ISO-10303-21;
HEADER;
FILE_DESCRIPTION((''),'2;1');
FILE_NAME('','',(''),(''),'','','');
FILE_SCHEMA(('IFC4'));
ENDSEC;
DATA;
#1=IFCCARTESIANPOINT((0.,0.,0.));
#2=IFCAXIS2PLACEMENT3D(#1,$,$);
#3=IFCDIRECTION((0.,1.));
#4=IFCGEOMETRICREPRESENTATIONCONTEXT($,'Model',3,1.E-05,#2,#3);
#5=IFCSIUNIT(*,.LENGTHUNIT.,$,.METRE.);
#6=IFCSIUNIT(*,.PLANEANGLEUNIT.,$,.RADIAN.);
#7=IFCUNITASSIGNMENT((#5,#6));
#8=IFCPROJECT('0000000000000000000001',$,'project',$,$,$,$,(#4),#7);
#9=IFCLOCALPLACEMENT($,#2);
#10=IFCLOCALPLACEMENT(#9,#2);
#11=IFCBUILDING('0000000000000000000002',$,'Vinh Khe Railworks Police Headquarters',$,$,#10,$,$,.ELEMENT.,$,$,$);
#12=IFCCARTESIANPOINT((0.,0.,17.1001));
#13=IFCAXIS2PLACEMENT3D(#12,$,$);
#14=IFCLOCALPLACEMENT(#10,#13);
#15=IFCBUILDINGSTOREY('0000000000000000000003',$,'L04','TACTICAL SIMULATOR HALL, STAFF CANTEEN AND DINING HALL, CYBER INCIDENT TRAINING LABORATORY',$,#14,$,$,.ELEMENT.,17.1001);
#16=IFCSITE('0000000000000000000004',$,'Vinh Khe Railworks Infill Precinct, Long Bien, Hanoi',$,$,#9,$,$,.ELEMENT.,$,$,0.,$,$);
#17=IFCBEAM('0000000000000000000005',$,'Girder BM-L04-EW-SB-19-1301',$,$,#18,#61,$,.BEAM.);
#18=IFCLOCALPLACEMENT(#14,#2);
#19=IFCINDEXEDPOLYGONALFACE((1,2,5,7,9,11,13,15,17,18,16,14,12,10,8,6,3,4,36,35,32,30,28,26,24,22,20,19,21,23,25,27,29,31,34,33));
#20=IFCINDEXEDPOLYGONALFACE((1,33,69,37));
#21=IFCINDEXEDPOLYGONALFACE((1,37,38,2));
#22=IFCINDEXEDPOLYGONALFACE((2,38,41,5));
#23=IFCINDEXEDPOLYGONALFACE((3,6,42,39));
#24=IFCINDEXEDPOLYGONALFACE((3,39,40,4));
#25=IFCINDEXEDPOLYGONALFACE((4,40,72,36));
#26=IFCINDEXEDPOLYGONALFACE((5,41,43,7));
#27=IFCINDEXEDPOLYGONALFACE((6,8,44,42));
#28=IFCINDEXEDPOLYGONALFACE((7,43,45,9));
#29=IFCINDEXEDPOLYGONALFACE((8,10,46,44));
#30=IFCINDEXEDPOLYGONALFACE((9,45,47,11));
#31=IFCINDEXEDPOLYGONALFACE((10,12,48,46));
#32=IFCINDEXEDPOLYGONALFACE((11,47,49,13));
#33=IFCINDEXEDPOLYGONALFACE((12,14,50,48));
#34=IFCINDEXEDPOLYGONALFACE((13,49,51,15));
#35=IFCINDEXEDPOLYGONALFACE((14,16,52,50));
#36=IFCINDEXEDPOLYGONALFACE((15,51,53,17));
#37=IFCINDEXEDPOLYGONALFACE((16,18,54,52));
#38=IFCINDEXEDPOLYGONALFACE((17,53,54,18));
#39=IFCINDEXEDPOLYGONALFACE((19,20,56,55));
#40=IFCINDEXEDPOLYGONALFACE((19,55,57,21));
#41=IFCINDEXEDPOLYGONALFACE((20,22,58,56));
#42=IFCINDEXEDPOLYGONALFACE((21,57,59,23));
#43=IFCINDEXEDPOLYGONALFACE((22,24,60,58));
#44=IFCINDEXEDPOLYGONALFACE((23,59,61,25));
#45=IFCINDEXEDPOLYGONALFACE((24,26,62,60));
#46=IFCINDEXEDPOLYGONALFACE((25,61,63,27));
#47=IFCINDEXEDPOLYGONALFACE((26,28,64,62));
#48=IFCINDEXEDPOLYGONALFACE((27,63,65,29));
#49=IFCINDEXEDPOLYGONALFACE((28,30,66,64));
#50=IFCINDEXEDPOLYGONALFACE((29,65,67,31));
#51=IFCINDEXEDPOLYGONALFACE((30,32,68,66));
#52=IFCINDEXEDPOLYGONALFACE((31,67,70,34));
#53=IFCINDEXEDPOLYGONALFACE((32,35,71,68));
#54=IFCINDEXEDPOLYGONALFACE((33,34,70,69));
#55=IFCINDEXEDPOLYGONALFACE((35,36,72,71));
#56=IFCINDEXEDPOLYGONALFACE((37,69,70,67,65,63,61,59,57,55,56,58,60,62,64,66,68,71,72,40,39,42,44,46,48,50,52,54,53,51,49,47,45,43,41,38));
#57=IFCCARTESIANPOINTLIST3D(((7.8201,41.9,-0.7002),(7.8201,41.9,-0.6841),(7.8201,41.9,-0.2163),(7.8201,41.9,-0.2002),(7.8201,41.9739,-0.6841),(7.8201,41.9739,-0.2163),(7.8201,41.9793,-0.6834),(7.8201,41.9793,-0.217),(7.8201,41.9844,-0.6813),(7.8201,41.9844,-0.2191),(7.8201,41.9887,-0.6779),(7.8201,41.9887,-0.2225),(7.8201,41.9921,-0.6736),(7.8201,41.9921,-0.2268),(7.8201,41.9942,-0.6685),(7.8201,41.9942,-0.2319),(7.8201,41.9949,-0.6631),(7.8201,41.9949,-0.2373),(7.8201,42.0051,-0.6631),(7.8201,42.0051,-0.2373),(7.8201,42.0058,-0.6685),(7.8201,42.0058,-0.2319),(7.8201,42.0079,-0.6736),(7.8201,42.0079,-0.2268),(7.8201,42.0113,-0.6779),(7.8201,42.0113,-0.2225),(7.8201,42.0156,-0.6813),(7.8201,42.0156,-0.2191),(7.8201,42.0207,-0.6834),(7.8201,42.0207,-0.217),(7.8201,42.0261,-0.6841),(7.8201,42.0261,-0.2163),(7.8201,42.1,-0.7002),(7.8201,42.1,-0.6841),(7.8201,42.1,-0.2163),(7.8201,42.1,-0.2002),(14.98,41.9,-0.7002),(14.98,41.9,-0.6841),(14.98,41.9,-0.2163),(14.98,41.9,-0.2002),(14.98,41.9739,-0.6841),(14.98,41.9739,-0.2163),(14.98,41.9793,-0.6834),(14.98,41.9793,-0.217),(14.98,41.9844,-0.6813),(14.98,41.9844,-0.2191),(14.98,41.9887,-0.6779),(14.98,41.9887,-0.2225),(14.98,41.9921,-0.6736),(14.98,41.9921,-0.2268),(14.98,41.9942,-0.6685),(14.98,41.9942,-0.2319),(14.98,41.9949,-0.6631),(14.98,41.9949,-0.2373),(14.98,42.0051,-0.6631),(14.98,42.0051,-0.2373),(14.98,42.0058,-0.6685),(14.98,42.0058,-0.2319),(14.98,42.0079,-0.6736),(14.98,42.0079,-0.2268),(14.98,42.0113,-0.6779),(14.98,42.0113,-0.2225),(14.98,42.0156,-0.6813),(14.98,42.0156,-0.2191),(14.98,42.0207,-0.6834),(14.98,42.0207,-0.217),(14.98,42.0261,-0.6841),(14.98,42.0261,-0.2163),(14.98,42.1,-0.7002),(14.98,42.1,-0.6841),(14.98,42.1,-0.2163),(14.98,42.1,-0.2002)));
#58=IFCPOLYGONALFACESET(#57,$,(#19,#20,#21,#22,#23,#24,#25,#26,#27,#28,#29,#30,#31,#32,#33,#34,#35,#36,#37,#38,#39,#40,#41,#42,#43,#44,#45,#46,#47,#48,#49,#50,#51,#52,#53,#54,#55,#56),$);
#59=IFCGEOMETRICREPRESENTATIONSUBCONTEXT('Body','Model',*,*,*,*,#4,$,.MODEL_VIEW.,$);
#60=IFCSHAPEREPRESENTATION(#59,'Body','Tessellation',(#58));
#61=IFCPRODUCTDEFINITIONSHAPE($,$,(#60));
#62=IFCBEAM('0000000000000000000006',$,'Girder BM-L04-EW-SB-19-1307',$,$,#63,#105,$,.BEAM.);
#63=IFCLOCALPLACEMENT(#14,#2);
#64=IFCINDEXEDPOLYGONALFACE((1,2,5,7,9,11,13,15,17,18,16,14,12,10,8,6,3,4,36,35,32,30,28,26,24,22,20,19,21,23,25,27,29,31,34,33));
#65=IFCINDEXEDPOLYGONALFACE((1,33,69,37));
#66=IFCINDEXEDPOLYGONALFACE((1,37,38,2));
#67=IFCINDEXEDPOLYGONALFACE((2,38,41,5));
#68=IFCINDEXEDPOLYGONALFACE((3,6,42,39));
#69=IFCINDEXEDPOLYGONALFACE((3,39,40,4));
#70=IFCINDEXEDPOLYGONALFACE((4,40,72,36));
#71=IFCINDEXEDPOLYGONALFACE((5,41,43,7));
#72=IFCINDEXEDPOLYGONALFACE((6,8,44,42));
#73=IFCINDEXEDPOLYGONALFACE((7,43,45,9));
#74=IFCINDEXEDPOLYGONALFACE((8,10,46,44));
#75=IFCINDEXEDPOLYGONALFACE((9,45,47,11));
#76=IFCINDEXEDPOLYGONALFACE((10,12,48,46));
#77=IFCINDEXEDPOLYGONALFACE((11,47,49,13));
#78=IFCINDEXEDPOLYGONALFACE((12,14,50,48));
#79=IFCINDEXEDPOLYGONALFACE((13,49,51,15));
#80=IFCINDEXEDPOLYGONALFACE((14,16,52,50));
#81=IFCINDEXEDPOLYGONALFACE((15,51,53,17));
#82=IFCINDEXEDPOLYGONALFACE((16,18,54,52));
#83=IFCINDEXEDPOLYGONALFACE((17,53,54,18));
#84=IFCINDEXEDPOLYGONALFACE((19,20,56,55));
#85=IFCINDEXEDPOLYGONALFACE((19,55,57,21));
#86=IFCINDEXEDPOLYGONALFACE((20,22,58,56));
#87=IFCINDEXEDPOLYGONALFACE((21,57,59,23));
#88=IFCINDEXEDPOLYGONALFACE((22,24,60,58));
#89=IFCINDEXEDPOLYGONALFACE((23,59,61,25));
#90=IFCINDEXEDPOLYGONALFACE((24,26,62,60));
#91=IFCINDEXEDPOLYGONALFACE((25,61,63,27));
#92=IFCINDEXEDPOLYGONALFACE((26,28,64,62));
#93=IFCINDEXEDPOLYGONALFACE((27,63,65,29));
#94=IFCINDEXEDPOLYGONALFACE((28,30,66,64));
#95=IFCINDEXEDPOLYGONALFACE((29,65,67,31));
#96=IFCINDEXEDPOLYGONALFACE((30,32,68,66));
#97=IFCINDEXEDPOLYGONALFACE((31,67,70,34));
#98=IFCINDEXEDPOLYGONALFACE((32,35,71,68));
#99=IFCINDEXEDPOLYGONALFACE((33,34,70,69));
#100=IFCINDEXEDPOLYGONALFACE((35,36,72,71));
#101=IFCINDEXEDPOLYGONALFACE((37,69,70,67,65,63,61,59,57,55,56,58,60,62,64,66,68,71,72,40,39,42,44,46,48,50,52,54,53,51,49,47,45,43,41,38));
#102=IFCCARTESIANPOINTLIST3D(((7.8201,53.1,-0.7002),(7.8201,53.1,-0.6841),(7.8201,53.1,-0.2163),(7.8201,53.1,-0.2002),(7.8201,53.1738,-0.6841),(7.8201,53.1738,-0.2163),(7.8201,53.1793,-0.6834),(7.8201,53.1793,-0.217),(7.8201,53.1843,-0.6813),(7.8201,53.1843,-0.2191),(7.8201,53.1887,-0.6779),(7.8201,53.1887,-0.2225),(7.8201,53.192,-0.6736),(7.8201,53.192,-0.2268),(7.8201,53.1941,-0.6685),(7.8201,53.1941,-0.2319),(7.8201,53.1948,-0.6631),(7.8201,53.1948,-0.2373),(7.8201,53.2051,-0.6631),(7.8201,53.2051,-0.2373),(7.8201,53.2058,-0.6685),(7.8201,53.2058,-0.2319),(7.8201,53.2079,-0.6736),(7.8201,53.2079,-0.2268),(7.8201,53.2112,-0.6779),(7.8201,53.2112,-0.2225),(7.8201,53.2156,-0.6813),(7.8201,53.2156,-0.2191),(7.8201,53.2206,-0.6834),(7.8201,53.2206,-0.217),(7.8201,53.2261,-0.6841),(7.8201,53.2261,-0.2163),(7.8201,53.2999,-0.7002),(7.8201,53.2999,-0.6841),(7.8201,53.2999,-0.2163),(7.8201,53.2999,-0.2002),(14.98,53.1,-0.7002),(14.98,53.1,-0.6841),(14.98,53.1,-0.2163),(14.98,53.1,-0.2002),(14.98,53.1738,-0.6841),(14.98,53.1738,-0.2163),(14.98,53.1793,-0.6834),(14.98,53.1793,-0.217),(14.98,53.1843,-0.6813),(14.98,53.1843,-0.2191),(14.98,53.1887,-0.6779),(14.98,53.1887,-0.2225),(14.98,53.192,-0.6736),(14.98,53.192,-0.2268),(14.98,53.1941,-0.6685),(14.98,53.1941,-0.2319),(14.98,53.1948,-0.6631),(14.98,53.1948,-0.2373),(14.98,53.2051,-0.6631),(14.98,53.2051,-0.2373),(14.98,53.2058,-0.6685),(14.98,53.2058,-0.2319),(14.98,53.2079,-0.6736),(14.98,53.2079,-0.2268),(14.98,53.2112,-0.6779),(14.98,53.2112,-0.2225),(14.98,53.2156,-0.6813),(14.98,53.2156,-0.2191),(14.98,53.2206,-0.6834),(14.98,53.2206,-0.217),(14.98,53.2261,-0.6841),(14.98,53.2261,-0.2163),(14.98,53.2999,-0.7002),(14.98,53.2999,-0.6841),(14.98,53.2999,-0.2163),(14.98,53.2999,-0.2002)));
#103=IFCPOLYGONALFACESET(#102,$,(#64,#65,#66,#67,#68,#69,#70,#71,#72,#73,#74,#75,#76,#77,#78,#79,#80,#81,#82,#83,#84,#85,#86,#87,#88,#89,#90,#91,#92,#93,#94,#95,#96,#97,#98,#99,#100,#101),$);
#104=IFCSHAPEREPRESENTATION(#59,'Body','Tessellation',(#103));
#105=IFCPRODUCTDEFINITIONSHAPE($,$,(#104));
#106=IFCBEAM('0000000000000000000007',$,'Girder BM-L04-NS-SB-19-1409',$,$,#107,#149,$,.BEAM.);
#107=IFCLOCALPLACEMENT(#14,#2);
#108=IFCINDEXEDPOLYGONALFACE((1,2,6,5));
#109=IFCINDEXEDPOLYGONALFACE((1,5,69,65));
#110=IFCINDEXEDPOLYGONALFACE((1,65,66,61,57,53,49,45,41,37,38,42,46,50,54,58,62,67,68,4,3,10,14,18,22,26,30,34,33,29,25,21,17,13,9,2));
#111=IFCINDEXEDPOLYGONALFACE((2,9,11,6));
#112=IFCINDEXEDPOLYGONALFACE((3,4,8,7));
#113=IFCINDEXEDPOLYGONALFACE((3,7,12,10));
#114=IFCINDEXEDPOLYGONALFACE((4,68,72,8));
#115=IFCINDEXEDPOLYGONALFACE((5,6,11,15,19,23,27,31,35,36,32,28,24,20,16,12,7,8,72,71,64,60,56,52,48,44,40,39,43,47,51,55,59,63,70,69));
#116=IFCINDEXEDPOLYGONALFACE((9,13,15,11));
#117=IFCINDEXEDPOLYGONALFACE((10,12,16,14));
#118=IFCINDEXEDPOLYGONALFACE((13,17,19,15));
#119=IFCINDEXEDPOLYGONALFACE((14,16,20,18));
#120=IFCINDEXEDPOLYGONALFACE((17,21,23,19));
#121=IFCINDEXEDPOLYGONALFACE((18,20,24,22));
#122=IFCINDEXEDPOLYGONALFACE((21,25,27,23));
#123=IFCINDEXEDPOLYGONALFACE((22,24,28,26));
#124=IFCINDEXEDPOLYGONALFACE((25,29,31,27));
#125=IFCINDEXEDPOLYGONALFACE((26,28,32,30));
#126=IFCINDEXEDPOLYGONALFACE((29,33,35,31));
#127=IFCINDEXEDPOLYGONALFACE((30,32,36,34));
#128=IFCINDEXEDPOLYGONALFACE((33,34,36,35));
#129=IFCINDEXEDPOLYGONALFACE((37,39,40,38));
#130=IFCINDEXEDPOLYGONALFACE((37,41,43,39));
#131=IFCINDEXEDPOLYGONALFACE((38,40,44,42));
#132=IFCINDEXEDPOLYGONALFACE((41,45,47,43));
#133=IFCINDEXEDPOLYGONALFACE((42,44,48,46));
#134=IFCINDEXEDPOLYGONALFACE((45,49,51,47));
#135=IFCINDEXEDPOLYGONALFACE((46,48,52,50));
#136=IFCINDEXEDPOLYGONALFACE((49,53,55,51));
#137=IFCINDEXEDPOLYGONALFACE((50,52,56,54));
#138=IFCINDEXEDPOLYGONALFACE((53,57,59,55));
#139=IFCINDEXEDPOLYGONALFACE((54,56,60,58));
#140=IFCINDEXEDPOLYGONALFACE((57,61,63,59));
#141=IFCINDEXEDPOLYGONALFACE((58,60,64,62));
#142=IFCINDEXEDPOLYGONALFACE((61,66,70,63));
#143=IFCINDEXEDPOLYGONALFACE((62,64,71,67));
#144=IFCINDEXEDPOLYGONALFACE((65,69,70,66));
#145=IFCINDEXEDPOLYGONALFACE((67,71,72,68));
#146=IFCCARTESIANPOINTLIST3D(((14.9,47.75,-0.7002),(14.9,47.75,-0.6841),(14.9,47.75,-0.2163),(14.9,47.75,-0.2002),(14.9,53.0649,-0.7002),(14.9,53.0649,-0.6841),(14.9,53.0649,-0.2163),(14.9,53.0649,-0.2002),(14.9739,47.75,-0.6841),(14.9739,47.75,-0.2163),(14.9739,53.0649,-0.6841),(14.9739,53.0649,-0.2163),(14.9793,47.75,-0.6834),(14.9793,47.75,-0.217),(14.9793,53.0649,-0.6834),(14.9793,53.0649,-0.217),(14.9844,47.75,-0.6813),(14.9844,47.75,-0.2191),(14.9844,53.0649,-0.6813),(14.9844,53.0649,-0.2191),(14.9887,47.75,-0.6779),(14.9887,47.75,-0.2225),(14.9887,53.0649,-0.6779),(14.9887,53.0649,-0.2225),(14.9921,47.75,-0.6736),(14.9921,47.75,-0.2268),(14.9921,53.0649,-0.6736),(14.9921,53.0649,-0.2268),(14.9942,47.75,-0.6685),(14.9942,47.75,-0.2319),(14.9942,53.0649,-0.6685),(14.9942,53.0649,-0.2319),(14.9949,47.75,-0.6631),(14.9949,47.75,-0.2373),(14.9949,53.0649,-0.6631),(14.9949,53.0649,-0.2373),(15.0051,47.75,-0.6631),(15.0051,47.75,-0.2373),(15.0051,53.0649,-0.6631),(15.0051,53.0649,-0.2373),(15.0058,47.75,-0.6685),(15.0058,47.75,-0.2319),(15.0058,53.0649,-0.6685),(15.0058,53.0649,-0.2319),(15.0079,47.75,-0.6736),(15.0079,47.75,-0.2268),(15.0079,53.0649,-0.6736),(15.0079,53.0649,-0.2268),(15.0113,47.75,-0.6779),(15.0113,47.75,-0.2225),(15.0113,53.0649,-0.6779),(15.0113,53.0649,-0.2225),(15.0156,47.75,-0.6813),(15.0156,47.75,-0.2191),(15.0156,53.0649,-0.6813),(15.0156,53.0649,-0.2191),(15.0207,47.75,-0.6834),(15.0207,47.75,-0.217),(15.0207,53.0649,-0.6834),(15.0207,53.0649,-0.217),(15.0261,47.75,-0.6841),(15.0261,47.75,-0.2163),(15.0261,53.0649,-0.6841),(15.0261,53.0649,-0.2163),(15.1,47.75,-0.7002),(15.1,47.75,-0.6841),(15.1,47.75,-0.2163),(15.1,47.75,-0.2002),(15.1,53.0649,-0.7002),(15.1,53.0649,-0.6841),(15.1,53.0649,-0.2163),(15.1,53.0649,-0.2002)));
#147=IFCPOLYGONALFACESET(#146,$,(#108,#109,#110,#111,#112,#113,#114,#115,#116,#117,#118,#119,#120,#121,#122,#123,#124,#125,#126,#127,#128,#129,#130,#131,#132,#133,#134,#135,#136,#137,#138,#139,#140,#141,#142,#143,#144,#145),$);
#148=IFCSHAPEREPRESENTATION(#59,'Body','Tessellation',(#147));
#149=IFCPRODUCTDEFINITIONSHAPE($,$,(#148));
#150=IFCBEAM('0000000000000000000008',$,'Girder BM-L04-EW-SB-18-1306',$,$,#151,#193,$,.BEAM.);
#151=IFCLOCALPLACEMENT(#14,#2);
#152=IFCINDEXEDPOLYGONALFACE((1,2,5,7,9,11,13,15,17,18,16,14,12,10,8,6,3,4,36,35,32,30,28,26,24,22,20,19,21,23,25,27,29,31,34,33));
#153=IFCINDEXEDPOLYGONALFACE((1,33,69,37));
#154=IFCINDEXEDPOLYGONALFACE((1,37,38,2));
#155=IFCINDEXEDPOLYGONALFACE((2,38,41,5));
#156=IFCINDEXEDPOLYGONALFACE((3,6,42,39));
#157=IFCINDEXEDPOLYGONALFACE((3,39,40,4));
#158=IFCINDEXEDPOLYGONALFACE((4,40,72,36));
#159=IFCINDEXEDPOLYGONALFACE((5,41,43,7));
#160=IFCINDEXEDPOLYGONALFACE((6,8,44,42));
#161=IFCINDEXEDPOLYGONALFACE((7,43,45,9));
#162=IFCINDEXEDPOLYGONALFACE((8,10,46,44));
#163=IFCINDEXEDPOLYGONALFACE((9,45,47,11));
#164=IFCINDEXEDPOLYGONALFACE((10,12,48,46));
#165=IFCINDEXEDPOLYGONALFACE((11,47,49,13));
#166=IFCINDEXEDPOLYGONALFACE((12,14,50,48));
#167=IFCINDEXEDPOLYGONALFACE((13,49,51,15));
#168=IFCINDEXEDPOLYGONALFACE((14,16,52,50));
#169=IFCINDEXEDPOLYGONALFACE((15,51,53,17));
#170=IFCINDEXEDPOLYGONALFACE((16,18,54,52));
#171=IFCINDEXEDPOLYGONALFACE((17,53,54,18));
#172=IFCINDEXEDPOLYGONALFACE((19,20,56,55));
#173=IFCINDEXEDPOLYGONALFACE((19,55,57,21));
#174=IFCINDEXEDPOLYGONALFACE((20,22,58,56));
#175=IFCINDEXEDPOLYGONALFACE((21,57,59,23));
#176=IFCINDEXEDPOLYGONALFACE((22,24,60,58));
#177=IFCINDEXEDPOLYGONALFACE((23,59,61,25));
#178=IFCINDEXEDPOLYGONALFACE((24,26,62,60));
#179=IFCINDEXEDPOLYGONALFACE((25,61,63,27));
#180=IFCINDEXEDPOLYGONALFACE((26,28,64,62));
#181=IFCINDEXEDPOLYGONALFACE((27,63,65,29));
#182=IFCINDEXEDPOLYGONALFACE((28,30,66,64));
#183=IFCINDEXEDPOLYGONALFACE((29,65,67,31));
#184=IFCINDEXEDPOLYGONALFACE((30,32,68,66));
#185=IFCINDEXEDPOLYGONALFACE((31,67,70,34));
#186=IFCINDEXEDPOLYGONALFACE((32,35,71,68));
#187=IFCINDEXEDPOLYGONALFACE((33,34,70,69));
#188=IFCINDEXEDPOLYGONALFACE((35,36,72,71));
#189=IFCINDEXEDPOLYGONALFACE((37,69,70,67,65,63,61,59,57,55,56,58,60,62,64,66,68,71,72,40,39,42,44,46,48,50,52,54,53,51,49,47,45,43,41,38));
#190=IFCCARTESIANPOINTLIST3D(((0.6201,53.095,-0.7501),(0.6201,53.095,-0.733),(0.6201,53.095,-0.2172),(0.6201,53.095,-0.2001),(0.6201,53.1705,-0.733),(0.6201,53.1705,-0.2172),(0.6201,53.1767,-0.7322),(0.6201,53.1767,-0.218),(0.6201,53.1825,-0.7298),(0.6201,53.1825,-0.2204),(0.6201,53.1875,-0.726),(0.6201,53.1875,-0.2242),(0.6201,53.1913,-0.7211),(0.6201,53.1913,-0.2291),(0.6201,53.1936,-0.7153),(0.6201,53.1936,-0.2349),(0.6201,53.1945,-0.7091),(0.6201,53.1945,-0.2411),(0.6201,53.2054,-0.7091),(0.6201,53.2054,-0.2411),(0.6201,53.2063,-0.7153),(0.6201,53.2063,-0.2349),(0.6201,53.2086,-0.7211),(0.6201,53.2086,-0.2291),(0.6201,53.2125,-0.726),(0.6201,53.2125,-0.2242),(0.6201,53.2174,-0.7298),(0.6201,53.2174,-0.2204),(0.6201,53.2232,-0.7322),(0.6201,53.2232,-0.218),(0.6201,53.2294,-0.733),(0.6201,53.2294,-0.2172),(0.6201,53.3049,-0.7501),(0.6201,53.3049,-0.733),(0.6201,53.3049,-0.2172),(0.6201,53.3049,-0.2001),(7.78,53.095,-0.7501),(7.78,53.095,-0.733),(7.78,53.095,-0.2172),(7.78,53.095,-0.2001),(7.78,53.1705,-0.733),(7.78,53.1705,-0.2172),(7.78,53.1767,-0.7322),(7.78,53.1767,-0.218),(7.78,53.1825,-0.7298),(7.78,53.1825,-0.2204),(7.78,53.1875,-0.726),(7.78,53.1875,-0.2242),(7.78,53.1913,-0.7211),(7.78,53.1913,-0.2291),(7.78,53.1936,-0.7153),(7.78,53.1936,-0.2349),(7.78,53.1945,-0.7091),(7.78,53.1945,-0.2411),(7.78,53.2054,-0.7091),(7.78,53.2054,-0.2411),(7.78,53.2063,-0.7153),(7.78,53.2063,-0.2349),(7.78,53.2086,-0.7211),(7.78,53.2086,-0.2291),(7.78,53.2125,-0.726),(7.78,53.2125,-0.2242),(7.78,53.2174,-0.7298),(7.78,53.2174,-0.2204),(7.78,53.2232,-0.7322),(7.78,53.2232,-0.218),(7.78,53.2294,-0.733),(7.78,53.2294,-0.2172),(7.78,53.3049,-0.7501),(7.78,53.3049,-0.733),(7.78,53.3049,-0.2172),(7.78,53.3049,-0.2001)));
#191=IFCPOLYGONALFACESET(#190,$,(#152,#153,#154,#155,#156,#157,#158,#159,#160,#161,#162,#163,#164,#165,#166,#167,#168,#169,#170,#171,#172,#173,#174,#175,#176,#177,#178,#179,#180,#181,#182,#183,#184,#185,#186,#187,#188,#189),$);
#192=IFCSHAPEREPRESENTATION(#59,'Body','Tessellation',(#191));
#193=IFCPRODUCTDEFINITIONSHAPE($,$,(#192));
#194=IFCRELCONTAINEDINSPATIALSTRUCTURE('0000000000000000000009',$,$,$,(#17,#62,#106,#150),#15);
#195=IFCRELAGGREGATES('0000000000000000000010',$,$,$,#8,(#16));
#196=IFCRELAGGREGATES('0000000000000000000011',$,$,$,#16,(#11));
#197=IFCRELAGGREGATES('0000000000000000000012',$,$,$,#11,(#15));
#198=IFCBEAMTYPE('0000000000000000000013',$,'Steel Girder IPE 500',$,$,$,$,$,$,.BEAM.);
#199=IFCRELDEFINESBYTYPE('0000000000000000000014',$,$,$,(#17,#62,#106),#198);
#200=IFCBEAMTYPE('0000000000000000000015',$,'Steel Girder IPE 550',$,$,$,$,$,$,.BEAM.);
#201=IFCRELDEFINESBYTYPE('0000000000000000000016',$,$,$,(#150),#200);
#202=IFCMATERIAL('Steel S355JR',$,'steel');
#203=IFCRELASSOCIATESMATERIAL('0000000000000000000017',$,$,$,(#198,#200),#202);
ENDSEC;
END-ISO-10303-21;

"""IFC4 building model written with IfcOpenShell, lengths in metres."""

from ifc_helpers import new_model, si_unit, direction, frame, origin, origin_2d, place, context, subcontext, project, spatial, i_section, extrude, material, material_profile, profile_set, type_object, element, save


model = new_model("IFC4")

# Units and contexts
model_context = context("Model", 3, precision=1e-05, world=origin(), true_north=direction((0.0, 1.0)))
body_context = subcontext(model_context, "Body", "Model", "MODEL_VIEW")
ifc_project = project(units=[si_unit("LENGTHUNIT", "METRE"), si_unit("PLANEANGLEUNIT", "RADIAN")], contexts=[model_context])

# Site, building, storey
site_placement = place(None, origin())
site = spatial("IfcSite", under=ifc_project, at=site_placement, Name="Vinh Khe Railworks Infill Precinct, Long Bien, Hanoi", CompositionType="ELEMENT", RefElevation=0.0)
building_placement = place(site_placement, origin())
building = spatial("IfcBuilding", under=site, at=building_placement, Name="Vinh Khe Railworks Police Headquarters", CompositionType="ELEMENT")
storey_placement = place(building_placement, frame((0.0, 0.0, 17.1001)))
storey = spatial("IfcBuildingStorey", under=building, at=storey_placement, Name="L04", Description="TACTICAL SIMULATOR HALL, STAFF CANTEEN AND DINING HALL, CYBER INCIDENT TRAINING LABORATORY", CompositionType="ELEMENT", Elevation=17.1001)

# Shared definitions
ifc_material_1 = material(Name="Steel S355JR", Category="steel")

# Beams
ifc_material_profile_1 = material_profile(ifc_material_1, i_section(OverallWidth=0.2, OverallDepth=0.5, WebThickness=0.0103, FlangeThickness=0.0161, FilletRadius=0.021, at=origin_2d()), Name="IPE 500")
ifc_profile_set_1 = profile_set([ifc_material_profile_1], Name="Steel S355JR")
beam_type_1 = type_object("IfcBeamType", Name="Steel Girder IPE 500", PredefinedType="BEAM", material=ifc_profile_set_1)
for number, where, z_axis, x_axis, name in (
    (1, (7.8201, 42.0, -0.4502), (1.0, 0.0, 0.0), (0.0, 1.0, 0.0), "Girder BM-L04-EW-SB-19-1301"),
    (2, (7.8201, 53.2, -0.4502), (1.0, 0.0, 0.0), (0.0, 1.0, 0.0), "Girder BM-L04-EW-SB-19-1307"),
):
    element("IfcBeam", number, at=place(storey_placement, frame(where, z_axis=z_axis, x_axis=x_axis)), inside=storey, type_object=beam_type_1, Name=name, PredefinedType="BEAM", context=body_context, shape_type="SweptSolid", body=[
        extrude(i_section(OverallWidth=0.2, OverallDepth=0.5, WebThickness=0.0103, FlangeThickness=0.0161, FilletRadius=0.021, at=origin_2d()), origin(), (0.0, 0.0, 1.0), 7.1599),
    ])
beam_1_placement = place(storey_placement, frame((15.0, 47.75, -0.4502), z_axis=(0.0, 1.0, 0.0), x_axis=(-1.0, 0.0, 0.0)))
element("IfcBeam", 3, at=beam_1_placement, inside=storey, type_object=beam_type_1, Name="Girder BM-L04-NS-SB-19-1409", PredefinedType="BEAM", context=body_context, shape_type="SweptSolid", body=[
    extrude(i_section(OverallWidth=0.2, OverallDepth=0.5, WebThickness=0.0103, FlangeThickness=0.0161, FilletRadius=0.021, at=origin_2d()), origin(), (0.0, 0.0, 1.0), 5.3149),
])
ifc_material_profile_2 = material_profile(ifc_material_1, i_section(OverallWidth=0.21, OverallDepth=0.55, WebThickness=0.011, FlangeThickness=0.0171, FilletRadius=0.0239, at=origin_2d()), Name="IPE 550")
ifc_profile_set_2 = profile_set([ifc_material_profile_2], Name="Steel S355JR")
beam_type_2 = type_object("IfcBeamType", Name="Steel Girder IPE 550", PredefinedType="BEAM", material=ifc_profile_set_2)
beam_2_placement = place(storey_placement, frame((0.6201, 53.2, -0.4751), z_axis=(1.0, 0.0, 0.0), x_axis=(0.0, 1.0, 0.0)))
element("IfcBeam", 4, at=beam_2_placement, inside=storey, type_object=beam_type_2, Name="Girder BM-L04-EW-SB-18-1306", PredefinedType="BEAM", context=body_context, shape_type="SweptSolid", body=[
    extrude(i_section(OverallWidth=0.21, OverallDepth=0.55, WebThickness=0.011, FlangeThickness=0.0171, FilletRadius=0.0239, at=origin_2d()), origin(), (0.0, 0.0, 1.0), 7.1599),
])

save(model, "model.ifc")
